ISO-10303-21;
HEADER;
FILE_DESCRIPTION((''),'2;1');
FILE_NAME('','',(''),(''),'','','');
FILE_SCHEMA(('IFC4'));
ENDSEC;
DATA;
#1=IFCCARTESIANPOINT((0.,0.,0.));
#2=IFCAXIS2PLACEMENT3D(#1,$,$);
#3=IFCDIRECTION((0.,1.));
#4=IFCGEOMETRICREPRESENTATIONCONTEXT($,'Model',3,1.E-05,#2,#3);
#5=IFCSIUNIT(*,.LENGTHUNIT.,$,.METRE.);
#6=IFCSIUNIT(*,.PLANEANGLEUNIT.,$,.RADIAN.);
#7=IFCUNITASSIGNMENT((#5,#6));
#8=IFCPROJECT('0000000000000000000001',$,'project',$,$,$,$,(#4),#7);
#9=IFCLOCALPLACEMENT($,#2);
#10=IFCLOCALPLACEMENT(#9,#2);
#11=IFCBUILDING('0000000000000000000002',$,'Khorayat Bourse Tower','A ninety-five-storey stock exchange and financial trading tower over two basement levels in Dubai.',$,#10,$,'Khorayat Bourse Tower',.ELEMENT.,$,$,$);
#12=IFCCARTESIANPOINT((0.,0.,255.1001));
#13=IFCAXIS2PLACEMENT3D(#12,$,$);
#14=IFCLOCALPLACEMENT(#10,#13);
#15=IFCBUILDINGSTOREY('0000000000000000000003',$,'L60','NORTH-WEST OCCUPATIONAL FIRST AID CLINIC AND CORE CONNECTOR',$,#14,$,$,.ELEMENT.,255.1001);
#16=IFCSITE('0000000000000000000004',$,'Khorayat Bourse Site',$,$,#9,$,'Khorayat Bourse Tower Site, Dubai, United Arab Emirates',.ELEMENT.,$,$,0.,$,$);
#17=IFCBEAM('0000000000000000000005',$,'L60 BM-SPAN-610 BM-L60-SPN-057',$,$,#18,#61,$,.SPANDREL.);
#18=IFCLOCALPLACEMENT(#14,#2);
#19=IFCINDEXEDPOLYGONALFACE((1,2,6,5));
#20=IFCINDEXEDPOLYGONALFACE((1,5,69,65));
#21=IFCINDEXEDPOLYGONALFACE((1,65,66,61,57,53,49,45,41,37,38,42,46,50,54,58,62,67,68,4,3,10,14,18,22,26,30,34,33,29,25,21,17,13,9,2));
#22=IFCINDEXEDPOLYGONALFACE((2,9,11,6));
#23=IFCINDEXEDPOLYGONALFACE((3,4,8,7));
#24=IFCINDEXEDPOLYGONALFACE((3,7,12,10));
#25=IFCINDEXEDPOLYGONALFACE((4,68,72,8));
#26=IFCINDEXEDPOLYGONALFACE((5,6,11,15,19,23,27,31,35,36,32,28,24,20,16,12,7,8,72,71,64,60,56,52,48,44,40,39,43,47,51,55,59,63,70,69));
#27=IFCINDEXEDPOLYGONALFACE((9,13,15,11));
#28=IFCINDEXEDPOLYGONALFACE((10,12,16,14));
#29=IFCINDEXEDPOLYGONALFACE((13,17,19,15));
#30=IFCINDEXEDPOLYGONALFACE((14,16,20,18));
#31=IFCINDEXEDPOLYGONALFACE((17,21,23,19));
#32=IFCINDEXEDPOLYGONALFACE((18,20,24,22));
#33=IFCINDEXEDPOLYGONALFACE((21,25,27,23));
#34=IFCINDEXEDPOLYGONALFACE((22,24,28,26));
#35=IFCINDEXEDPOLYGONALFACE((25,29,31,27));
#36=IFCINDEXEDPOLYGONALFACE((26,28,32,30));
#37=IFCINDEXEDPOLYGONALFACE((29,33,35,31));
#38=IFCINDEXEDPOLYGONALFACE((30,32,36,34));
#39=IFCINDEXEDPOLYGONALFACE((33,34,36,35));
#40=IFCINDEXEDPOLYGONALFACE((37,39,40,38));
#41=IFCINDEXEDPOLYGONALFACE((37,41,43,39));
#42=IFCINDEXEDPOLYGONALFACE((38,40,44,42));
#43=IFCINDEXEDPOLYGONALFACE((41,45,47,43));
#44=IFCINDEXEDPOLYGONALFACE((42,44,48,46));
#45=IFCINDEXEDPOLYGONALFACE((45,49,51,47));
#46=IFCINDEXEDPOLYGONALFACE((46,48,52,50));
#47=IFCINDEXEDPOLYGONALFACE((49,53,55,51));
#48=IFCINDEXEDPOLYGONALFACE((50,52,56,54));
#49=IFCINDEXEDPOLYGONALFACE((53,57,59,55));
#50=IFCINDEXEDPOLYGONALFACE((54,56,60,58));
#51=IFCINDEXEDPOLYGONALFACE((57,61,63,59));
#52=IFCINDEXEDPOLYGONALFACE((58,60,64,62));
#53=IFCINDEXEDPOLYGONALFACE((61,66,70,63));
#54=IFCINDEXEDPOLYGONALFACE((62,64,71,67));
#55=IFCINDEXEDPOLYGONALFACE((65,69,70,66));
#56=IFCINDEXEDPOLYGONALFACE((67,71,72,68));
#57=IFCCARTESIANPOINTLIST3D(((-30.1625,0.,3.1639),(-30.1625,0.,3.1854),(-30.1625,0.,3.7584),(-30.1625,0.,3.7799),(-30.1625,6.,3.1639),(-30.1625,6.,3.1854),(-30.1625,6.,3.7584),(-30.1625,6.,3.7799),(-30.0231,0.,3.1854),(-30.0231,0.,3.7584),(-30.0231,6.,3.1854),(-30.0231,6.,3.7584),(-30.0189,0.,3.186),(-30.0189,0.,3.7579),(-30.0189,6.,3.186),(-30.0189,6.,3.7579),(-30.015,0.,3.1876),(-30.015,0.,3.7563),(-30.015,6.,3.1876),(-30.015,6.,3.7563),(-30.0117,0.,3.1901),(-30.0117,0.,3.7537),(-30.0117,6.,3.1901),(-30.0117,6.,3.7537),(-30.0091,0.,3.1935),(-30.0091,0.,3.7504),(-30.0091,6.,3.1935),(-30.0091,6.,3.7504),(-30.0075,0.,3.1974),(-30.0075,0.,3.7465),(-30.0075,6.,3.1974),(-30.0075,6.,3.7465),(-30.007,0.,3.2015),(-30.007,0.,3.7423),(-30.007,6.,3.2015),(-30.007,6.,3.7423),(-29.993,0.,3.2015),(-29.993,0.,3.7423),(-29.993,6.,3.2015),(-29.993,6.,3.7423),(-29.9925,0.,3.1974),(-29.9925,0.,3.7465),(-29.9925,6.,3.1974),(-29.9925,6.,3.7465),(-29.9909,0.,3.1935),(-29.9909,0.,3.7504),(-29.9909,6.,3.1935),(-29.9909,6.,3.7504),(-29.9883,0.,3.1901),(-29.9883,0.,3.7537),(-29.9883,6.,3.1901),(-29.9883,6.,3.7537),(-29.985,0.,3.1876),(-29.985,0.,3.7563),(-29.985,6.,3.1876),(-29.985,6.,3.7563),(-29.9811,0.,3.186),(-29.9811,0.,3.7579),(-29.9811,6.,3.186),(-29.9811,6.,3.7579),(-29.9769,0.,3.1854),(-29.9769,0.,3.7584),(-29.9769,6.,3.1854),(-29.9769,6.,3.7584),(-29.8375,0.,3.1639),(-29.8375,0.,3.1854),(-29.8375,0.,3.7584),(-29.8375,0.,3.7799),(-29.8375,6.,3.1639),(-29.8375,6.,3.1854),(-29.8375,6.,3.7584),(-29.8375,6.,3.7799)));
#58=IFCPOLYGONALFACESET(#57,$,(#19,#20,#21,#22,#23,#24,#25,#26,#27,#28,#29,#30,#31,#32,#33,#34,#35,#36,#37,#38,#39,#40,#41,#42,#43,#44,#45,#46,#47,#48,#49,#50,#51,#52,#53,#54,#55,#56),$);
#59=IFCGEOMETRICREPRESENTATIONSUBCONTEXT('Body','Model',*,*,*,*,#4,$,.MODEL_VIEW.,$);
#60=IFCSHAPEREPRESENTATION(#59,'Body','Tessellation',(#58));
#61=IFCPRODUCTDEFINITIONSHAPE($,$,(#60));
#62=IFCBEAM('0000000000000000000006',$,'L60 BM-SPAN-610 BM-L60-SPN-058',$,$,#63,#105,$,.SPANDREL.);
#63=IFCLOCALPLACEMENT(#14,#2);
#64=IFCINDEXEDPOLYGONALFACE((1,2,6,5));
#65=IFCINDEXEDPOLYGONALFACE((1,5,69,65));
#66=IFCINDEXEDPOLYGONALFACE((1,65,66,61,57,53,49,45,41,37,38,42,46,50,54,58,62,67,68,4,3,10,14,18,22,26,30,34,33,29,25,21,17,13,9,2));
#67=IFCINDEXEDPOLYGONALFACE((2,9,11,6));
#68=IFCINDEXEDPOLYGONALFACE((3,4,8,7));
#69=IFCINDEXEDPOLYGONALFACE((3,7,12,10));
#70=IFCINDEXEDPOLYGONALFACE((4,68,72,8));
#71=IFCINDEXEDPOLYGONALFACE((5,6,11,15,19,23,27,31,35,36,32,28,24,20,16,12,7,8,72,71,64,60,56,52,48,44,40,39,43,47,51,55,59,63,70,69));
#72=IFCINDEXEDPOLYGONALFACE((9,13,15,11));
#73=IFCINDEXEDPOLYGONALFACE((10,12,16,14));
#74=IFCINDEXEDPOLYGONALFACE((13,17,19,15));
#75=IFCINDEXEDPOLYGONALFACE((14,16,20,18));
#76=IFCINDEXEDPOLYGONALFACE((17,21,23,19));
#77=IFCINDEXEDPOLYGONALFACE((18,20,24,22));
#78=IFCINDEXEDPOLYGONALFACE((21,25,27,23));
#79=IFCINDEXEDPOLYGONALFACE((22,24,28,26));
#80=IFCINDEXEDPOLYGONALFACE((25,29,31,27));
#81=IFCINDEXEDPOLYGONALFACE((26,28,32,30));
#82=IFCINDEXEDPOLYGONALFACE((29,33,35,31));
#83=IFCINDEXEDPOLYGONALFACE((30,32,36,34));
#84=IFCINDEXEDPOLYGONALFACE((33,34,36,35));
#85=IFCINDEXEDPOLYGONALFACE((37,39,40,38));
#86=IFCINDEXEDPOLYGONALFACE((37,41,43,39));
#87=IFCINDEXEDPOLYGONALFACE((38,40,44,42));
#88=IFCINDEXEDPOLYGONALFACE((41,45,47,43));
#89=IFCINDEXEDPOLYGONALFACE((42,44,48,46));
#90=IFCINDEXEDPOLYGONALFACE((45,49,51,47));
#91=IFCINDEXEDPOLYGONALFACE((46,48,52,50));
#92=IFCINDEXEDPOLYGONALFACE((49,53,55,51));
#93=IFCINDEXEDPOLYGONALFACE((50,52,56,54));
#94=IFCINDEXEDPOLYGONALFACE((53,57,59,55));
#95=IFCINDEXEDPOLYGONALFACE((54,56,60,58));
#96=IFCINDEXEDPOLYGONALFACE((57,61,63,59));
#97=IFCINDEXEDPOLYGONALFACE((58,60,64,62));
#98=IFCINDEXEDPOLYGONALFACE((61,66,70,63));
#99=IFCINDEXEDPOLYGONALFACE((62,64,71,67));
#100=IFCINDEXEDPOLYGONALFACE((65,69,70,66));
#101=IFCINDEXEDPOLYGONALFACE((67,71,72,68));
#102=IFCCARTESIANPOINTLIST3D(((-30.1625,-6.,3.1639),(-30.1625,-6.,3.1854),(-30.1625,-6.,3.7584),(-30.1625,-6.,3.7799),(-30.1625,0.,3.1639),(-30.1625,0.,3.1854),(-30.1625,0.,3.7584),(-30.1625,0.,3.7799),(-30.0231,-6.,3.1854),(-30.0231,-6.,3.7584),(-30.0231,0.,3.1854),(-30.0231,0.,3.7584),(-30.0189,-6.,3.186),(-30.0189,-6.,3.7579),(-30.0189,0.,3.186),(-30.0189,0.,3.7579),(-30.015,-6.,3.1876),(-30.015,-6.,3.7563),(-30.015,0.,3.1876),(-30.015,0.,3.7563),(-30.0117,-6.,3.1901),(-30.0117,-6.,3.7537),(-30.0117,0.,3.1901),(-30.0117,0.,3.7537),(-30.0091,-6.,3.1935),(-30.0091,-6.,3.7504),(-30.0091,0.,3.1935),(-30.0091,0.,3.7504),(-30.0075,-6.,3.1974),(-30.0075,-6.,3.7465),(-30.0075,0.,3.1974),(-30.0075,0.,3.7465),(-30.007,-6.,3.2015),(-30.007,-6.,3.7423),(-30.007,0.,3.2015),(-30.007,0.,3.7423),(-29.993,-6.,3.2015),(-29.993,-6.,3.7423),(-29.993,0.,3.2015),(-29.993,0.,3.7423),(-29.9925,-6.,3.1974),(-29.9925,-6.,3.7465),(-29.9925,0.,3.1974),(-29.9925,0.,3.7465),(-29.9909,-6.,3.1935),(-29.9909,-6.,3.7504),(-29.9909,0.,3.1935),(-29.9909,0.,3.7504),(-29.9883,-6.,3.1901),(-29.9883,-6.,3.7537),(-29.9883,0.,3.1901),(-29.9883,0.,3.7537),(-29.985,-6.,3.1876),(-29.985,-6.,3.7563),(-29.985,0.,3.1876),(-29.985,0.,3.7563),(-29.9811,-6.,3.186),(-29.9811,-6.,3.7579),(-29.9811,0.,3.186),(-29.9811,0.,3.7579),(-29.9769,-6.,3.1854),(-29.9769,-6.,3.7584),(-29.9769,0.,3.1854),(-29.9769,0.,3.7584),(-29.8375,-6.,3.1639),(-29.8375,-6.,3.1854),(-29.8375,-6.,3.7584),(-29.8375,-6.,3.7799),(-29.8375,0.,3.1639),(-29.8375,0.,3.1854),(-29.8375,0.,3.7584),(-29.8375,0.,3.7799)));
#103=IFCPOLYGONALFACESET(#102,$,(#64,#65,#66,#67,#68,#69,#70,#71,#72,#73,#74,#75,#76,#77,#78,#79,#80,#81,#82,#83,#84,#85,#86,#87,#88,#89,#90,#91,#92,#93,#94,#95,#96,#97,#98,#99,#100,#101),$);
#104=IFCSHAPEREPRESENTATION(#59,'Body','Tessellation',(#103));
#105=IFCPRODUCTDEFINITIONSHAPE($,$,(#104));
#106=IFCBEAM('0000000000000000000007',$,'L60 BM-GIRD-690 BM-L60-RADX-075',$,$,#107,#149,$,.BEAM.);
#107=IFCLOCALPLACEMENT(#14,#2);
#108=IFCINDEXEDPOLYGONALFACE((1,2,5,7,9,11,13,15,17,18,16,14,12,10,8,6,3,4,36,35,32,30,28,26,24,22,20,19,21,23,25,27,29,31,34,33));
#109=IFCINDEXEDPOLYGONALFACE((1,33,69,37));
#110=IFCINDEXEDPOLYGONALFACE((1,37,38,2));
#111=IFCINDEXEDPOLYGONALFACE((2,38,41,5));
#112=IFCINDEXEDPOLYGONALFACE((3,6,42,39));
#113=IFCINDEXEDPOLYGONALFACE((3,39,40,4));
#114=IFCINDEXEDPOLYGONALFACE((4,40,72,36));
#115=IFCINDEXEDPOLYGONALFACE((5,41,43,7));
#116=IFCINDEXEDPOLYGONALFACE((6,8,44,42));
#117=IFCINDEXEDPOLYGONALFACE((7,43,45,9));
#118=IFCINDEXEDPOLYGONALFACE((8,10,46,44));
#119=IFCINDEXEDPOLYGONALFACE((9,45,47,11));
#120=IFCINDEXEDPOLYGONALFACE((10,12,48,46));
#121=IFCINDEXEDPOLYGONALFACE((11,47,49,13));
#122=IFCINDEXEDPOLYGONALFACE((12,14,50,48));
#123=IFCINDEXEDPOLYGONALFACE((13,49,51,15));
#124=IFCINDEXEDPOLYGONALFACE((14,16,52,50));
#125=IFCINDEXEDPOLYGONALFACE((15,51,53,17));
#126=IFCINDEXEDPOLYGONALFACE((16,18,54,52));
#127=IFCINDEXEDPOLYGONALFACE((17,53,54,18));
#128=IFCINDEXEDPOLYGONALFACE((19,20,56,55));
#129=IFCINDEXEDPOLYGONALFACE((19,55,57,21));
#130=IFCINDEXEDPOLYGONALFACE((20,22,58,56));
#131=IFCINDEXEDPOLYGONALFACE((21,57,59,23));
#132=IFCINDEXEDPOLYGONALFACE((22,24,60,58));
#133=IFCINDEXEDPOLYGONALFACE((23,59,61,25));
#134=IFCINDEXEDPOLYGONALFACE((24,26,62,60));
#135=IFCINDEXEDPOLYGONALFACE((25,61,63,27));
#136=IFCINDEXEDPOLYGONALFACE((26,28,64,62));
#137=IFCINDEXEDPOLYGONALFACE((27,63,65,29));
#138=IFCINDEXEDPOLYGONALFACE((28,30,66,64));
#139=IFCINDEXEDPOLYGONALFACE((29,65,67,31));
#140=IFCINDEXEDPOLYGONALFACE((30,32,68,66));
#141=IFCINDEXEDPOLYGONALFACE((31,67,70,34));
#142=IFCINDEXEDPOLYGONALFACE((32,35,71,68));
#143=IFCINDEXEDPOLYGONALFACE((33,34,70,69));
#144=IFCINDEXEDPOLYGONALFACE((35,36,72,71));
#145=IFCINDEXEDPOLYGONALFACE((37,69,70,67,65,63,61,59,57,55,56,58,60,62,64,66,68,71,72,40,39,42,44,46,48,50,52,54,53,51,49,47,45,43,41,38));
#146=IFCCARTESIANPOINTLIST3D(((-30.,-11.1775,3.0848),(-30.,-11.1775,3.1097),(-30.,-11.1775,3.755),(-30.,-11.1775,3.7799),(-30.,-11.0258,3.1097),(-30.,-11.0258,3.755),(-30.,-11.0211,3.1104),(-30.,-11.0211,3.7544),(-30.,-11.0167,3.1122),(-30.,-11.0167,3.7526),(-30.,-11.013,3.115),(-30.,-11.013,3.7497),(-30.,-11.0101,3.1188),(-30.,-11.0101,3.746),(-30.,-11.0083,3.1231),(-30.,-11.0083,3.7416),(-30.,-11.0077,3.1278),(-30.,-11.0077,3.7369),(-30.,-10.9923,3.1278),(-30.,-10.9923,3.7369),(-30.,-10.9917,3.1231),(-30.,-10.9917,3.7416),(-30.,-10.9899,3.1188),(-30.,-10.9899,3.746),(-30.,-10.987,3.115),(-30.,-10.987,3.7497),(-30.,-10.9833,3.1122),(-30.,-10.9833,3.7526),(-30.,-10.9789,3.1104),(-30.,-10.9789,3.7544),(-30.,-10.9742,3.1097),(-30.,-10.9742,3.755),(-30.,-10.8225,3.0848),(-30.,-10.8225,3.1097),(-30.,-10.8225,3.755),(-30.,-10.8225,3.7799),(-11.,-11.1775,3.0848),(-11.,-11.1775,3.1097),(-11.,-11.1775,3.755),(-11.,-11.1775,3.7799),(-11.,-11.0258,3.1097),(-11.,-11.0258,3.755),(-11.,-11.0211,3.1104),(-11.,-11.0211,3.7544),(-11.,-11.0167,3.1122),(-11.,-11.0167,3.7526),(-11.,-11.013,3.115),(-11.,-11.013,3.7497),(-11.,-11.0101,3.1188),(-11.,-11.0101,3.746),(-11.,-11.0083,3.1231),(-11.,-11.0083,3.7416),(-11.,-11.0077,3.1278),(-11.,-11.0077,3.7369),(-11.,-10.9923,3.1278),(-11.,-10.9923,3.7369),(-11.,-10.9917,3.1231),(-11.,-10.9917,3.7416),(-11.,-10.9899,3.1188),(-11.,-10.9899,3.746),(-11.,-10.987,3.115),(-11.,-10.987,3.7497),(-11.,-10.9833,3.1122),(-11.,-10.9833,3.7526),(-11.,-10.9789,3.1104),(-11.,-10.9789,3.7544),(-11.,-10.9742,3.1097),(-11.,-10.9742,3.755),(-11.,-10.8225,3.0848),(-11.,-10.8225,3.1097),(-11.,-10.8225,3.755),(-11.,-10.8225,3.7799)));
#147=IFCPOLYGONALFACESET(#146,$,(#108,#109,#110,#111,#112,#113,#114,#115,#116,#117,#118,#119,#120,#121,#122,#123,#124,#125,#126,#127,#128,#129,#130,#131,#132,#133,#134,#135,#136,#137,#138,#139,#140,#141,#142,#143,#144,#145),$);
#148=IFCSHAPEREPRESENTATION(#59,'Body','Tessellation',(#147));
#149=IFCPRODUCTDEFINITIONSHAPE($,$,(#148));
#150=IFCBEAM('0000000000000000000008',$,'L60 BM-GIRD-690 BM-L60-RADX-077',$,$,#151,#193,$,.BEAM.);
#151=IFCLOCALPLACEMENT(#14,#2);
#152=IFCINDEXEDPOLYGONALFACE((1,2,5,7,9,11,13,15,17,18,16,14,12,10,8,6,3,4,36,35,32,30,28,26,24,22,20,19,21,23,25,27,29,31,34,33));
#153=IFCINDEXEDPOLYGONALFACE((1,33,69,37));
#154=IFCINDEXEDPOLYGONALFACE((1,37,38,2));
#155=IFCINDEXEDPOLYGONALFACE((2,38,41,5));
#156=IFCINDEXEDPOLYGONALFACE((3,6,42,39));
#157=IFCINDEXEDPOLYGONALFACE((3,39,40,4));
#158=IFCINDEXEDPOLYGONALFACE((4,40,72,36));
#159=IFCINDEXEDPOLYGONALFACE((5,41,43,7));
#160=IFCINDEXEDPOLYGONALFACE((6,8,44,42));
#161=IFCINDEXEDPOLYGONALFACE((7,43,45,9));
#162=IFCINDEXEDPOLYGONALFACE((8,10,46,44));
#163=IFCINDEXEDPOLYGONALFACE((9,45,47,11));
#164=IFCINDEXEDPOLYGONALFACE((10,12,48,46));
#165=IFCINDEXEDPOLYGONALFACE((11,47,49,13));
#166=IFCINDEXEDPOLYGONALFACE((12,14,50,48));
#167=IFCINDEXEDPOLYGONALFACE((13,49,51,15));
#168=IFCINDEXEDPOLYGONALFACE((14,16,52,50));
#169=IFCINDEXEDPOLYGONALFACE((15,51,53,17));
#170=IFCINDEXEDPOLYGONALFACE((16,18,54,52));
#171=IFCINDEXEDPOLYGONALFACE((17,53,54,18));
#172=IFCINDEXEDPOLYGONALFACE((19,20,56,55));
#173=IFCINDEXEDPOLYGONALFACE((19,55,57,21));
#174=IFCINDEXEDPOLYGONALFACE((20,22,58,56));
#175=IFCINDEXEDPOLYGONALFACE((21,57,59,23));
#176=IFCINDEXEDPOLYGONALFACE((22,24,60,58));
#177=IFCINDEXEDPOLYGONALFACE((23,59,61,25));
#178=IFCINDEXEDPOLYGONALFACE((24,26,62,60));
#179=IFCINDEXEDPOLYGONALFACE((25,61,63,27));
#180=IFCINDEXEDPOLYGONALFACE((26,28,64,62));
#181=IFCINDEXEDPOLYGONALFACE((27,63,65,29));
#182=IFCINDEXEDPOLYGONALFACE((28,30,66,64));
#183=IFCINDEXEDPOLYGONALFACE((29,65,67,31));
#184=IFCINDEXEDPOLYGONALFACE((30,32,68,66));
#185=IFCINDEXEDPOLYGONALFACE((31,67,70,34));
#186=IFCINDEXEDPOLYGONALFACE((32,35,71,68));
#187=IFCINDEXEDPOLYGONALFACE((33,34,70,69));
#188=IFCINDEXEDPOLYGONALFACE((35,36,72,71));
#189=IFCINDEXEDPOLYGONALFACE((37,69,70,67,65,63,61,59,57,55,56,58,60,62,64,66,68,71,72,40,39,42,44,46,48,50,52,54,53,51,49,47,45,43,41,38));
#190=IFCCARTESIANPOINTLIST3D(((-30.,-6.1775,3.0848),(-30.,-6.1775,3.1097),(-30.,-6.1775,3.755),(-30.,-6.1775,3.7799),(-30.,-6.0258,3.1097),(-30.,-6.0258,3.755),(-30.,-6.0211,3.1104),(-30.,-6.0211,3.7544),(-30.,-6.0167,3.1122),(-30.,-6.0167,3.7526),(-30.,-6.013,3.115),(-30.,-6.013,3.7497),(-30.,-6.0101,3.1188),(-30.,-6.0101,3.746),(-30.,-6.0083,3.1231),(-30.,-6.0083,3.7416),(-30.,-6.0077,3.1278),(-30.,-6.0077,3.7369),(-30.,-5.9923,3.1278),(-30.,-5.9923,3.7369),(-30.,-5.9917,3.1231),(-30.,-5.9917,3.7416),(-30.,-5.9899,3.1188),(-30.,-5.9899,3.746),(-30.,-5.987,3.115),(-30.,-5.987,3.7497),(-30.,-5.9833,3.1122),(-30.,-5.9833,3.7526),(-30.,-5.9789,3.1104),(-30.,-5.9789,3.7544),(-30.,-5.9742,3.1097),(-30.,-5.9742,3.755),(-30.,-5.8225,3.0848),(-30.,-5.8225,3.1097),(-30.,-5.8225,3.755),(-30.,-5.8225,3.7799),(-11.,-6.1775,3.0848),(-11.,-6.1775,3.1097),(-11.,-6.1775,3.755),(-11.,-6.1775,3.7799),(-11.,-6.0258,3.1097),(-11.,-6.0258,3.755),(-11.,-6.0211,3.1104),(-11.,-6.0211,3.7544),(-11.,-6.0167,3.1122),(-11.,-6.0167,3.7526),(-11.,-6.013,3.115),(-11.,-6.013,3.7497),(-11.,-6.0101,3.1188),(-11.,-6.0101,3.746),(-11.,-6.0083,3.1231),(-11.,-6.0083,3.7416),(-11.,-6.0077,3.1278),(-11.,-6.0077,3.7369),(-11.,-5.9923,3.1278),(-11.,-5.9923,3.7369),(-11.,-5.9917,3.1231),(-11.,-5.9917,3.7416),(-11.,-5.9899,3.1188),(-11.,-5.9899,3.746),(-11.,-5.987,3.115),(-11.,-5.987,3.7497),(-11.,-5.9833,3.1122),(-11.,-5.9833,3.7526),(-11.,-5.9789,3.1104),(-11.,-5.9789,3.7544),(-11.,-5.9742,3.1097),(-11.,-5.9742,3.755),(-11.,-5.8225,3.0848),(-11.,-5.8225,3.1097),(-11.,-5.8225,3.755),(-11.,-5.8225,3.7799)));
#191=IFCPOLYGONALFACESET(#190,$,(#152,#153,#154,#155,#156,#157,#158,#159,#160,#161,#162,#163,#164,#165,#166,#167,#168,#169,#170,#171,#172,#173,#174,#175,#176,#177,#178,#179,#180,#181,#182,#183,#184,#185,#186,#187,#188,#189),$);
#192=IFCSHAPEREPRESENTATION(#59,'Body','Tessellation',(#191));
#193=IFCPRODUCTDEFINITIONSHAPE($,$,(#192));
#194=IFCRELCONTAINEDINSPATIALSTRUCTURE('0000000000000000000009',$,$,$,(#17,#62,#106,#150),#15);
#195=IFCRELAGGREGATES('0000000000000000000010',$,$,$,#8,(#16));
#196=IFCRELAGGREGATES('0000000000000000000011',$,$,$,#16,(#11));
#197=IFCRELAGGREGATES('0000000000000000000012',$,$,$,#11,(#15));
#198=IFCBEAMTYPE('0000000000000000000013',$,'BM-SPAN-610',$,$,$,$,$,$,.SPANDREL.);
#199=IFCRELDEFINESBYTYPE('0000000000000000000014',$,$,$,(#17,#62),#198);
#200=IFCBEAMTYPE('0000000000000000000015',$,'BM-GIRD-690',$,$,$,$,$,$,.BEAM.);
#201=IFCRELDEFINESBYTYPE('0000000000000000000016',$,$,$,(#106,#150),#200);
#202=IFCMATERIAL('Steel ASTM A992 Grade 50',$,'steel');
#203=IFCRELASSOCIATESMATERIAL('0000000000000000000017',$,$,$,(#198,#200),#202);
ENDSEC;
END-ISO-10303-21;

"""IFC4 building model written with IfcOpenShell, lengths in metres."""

from ifc_helpers import new_model, si_unit, direction, frame, origin, origin_2d, place, context, subcontext, project, spatial, i_section, extrude, source, transform, mapped, material, material_profile, profile_set, type_object, element, save


model = new_model("IFC4")

# Units and contexts
model_context = context("Model", 3, precision=1e-05, world=origin(), true_north=direction((0.0, 1.0)))
body_context = subcontext(model_context, "Body", "Model", "MODEL_VIEW")
ifc_project = project(units=[si_unit("LENGTHUNIT", "METRE"), si_unit("PLANEANGLEUNIT", "RADIAN")], contexts=[model_context])

# Site, building, storey
site_placement = place(None, origin())
site = spatial("IfcSite", under=ifc_project, at=site_placement, Name="Khorayat Bourse Site", LongName="Khorayat Bourse Tower Site, Dubai, United Arab Emirates", CompositionType="ELEMENT", RefElevation=0.0)
building_placement = place(site_placement, origin())
building = spatial("IfcBuilding", under=site, at=building_placement, Name="Khorayat Bourse Tower", Description="A ninety-five-storey stock exchange and financial trading tower over two basement levels in Dubai.", LongName="Khorayat Bourse Tower", CompositionType="ELEMENT")
storey_placement = place(building_placement, frame((0.0, 0.0, 255.1001)))
storey = spatial("IfcBuildingStorey", under=building, at=storey_placement, Name="L60", Description="NORTH-WEST OCCUPATIONAL FIRST AID CLINIC AND CORE CONNECTOR", CompositionType="ELEMENT", Elevation=255.1001)

# Beams
ifc_material_1 = material(Name="Steel ASTM A992 Grade 50", Category="steel")
ifc_material_profile_1 = material_profile(ifc_material_1, i_section(OverallWidth=0.325, OverallDepth=0.616, WebThickness=0.0139, FlangeThickness=0.0215, FilletRadius=0.0161, at=origin_2d()), Name="W610X174")
ifc_profile_set_1 = profile_set([ifc_material_profile_1], Name="Steel ASTM A992 Grade 50")
beam_type_1 = type_object("IfcBeamType", Name="BM-SPAN-610", PredefinedType="SPANDREL", material=ifc_profile_set_1)
shared_shape_1 = source(origin(), body_context, "Body", "SweptSolid", [
    extrude(i_section(OverallWidth=0.325, OverallDepth=0.616, WebThickness=0.0139, FlangeThickness=0.0215, FilletRadius=0.0161, at=origin_2d()), origin(), (0.0, 0.0, 1.0), 6.0),
])
for number, where, z_axis, x_axis, name in (
    (1, (-30.0, 0.0, 3.4719), (0.0, 1.0, 0.0), (-1.0, 0.0, 0.0), "L60 BM-SPAN-610 BM-L60-SPN-057"),
    (2, (-30.0, -6.0, 3.4719), (0.0, 1.0, 0.0), (-1.0, 0.0, 0.0), "L60 BM-SPAN-610 BM-L60-SPN-058"),
):
    element("IfcBeam", number, at=place(storey_placement, frame(where, z_axis=z_axis, x_axis=x_axis)), inside=storey, type_object=beam_type_1, Name=name, PredefinedType="SPANDREL", context=body_context, shape_type="MappedRepresentation", body=[
        mapped(shared_shape_1, transform((0.0, 0.0, 0.0), scale=1.0)),
    ])
ifc_material_profile_2 = material_profile(ifc_material_1, i_section(OverallWidth=0.355, OverallDepth=0.6951, WebThickness=0.0154, FlangeThickness=0.0249, FilletRadius=0.0181, at=origin_2d()), Name="W690X217")
ifc_profile_set_2 = profile_set([ifc_material_profile_2], Name="Steel ASTM A992 Grade 50")
beam_type_2 = type_object("IfcBeamType", Name="BM-GIRD-690", PredefinedType="BEAM", material=ifc_profile_set_2)
shared_shape_2 = source(origin(), body_context, "Body", "SweptSolid", [
    extrude(i_section(OverallWidth=0.355, OverallDepth=0.6951, WebThickness=0.0154, FlangeThickness=0.0249, FilletRadius=0.0181, at=origin_2d()), origin(), (0.0, 0.0, 1.0), 19.0),
])
for number, where, z_axis, x_axis, name in (
    (3, (-30.0, -11.0, 3.4324), (1.0, 0.0, 0.0), (0.0, 1.0, 0.0), "L60 BM-GIRD-690 BM-L60-RADX-075"),
    (4, (-30.0, -6.0, 3.4324), (1.0, 0.0, 0.0), (0.0, 1.0, 0.0), "L60 BM-GIRD-690 BM-L60-RADX-077"),
):
    element("IfcBeam", number, at=place(storey_placement, frame(where, z_axis=z_axis, x_axis=x_axis)), inside=storey, type_object=beam_type_2, Name=name, PredefinedType="BEAM", context=body_context, shape_type="MappedRepresentation", body=[
        mapped(shared_shape_2, transform((0.0, 0.0, 0.0), scale=1.0)),
    ])

save(model, "model.ifc")
